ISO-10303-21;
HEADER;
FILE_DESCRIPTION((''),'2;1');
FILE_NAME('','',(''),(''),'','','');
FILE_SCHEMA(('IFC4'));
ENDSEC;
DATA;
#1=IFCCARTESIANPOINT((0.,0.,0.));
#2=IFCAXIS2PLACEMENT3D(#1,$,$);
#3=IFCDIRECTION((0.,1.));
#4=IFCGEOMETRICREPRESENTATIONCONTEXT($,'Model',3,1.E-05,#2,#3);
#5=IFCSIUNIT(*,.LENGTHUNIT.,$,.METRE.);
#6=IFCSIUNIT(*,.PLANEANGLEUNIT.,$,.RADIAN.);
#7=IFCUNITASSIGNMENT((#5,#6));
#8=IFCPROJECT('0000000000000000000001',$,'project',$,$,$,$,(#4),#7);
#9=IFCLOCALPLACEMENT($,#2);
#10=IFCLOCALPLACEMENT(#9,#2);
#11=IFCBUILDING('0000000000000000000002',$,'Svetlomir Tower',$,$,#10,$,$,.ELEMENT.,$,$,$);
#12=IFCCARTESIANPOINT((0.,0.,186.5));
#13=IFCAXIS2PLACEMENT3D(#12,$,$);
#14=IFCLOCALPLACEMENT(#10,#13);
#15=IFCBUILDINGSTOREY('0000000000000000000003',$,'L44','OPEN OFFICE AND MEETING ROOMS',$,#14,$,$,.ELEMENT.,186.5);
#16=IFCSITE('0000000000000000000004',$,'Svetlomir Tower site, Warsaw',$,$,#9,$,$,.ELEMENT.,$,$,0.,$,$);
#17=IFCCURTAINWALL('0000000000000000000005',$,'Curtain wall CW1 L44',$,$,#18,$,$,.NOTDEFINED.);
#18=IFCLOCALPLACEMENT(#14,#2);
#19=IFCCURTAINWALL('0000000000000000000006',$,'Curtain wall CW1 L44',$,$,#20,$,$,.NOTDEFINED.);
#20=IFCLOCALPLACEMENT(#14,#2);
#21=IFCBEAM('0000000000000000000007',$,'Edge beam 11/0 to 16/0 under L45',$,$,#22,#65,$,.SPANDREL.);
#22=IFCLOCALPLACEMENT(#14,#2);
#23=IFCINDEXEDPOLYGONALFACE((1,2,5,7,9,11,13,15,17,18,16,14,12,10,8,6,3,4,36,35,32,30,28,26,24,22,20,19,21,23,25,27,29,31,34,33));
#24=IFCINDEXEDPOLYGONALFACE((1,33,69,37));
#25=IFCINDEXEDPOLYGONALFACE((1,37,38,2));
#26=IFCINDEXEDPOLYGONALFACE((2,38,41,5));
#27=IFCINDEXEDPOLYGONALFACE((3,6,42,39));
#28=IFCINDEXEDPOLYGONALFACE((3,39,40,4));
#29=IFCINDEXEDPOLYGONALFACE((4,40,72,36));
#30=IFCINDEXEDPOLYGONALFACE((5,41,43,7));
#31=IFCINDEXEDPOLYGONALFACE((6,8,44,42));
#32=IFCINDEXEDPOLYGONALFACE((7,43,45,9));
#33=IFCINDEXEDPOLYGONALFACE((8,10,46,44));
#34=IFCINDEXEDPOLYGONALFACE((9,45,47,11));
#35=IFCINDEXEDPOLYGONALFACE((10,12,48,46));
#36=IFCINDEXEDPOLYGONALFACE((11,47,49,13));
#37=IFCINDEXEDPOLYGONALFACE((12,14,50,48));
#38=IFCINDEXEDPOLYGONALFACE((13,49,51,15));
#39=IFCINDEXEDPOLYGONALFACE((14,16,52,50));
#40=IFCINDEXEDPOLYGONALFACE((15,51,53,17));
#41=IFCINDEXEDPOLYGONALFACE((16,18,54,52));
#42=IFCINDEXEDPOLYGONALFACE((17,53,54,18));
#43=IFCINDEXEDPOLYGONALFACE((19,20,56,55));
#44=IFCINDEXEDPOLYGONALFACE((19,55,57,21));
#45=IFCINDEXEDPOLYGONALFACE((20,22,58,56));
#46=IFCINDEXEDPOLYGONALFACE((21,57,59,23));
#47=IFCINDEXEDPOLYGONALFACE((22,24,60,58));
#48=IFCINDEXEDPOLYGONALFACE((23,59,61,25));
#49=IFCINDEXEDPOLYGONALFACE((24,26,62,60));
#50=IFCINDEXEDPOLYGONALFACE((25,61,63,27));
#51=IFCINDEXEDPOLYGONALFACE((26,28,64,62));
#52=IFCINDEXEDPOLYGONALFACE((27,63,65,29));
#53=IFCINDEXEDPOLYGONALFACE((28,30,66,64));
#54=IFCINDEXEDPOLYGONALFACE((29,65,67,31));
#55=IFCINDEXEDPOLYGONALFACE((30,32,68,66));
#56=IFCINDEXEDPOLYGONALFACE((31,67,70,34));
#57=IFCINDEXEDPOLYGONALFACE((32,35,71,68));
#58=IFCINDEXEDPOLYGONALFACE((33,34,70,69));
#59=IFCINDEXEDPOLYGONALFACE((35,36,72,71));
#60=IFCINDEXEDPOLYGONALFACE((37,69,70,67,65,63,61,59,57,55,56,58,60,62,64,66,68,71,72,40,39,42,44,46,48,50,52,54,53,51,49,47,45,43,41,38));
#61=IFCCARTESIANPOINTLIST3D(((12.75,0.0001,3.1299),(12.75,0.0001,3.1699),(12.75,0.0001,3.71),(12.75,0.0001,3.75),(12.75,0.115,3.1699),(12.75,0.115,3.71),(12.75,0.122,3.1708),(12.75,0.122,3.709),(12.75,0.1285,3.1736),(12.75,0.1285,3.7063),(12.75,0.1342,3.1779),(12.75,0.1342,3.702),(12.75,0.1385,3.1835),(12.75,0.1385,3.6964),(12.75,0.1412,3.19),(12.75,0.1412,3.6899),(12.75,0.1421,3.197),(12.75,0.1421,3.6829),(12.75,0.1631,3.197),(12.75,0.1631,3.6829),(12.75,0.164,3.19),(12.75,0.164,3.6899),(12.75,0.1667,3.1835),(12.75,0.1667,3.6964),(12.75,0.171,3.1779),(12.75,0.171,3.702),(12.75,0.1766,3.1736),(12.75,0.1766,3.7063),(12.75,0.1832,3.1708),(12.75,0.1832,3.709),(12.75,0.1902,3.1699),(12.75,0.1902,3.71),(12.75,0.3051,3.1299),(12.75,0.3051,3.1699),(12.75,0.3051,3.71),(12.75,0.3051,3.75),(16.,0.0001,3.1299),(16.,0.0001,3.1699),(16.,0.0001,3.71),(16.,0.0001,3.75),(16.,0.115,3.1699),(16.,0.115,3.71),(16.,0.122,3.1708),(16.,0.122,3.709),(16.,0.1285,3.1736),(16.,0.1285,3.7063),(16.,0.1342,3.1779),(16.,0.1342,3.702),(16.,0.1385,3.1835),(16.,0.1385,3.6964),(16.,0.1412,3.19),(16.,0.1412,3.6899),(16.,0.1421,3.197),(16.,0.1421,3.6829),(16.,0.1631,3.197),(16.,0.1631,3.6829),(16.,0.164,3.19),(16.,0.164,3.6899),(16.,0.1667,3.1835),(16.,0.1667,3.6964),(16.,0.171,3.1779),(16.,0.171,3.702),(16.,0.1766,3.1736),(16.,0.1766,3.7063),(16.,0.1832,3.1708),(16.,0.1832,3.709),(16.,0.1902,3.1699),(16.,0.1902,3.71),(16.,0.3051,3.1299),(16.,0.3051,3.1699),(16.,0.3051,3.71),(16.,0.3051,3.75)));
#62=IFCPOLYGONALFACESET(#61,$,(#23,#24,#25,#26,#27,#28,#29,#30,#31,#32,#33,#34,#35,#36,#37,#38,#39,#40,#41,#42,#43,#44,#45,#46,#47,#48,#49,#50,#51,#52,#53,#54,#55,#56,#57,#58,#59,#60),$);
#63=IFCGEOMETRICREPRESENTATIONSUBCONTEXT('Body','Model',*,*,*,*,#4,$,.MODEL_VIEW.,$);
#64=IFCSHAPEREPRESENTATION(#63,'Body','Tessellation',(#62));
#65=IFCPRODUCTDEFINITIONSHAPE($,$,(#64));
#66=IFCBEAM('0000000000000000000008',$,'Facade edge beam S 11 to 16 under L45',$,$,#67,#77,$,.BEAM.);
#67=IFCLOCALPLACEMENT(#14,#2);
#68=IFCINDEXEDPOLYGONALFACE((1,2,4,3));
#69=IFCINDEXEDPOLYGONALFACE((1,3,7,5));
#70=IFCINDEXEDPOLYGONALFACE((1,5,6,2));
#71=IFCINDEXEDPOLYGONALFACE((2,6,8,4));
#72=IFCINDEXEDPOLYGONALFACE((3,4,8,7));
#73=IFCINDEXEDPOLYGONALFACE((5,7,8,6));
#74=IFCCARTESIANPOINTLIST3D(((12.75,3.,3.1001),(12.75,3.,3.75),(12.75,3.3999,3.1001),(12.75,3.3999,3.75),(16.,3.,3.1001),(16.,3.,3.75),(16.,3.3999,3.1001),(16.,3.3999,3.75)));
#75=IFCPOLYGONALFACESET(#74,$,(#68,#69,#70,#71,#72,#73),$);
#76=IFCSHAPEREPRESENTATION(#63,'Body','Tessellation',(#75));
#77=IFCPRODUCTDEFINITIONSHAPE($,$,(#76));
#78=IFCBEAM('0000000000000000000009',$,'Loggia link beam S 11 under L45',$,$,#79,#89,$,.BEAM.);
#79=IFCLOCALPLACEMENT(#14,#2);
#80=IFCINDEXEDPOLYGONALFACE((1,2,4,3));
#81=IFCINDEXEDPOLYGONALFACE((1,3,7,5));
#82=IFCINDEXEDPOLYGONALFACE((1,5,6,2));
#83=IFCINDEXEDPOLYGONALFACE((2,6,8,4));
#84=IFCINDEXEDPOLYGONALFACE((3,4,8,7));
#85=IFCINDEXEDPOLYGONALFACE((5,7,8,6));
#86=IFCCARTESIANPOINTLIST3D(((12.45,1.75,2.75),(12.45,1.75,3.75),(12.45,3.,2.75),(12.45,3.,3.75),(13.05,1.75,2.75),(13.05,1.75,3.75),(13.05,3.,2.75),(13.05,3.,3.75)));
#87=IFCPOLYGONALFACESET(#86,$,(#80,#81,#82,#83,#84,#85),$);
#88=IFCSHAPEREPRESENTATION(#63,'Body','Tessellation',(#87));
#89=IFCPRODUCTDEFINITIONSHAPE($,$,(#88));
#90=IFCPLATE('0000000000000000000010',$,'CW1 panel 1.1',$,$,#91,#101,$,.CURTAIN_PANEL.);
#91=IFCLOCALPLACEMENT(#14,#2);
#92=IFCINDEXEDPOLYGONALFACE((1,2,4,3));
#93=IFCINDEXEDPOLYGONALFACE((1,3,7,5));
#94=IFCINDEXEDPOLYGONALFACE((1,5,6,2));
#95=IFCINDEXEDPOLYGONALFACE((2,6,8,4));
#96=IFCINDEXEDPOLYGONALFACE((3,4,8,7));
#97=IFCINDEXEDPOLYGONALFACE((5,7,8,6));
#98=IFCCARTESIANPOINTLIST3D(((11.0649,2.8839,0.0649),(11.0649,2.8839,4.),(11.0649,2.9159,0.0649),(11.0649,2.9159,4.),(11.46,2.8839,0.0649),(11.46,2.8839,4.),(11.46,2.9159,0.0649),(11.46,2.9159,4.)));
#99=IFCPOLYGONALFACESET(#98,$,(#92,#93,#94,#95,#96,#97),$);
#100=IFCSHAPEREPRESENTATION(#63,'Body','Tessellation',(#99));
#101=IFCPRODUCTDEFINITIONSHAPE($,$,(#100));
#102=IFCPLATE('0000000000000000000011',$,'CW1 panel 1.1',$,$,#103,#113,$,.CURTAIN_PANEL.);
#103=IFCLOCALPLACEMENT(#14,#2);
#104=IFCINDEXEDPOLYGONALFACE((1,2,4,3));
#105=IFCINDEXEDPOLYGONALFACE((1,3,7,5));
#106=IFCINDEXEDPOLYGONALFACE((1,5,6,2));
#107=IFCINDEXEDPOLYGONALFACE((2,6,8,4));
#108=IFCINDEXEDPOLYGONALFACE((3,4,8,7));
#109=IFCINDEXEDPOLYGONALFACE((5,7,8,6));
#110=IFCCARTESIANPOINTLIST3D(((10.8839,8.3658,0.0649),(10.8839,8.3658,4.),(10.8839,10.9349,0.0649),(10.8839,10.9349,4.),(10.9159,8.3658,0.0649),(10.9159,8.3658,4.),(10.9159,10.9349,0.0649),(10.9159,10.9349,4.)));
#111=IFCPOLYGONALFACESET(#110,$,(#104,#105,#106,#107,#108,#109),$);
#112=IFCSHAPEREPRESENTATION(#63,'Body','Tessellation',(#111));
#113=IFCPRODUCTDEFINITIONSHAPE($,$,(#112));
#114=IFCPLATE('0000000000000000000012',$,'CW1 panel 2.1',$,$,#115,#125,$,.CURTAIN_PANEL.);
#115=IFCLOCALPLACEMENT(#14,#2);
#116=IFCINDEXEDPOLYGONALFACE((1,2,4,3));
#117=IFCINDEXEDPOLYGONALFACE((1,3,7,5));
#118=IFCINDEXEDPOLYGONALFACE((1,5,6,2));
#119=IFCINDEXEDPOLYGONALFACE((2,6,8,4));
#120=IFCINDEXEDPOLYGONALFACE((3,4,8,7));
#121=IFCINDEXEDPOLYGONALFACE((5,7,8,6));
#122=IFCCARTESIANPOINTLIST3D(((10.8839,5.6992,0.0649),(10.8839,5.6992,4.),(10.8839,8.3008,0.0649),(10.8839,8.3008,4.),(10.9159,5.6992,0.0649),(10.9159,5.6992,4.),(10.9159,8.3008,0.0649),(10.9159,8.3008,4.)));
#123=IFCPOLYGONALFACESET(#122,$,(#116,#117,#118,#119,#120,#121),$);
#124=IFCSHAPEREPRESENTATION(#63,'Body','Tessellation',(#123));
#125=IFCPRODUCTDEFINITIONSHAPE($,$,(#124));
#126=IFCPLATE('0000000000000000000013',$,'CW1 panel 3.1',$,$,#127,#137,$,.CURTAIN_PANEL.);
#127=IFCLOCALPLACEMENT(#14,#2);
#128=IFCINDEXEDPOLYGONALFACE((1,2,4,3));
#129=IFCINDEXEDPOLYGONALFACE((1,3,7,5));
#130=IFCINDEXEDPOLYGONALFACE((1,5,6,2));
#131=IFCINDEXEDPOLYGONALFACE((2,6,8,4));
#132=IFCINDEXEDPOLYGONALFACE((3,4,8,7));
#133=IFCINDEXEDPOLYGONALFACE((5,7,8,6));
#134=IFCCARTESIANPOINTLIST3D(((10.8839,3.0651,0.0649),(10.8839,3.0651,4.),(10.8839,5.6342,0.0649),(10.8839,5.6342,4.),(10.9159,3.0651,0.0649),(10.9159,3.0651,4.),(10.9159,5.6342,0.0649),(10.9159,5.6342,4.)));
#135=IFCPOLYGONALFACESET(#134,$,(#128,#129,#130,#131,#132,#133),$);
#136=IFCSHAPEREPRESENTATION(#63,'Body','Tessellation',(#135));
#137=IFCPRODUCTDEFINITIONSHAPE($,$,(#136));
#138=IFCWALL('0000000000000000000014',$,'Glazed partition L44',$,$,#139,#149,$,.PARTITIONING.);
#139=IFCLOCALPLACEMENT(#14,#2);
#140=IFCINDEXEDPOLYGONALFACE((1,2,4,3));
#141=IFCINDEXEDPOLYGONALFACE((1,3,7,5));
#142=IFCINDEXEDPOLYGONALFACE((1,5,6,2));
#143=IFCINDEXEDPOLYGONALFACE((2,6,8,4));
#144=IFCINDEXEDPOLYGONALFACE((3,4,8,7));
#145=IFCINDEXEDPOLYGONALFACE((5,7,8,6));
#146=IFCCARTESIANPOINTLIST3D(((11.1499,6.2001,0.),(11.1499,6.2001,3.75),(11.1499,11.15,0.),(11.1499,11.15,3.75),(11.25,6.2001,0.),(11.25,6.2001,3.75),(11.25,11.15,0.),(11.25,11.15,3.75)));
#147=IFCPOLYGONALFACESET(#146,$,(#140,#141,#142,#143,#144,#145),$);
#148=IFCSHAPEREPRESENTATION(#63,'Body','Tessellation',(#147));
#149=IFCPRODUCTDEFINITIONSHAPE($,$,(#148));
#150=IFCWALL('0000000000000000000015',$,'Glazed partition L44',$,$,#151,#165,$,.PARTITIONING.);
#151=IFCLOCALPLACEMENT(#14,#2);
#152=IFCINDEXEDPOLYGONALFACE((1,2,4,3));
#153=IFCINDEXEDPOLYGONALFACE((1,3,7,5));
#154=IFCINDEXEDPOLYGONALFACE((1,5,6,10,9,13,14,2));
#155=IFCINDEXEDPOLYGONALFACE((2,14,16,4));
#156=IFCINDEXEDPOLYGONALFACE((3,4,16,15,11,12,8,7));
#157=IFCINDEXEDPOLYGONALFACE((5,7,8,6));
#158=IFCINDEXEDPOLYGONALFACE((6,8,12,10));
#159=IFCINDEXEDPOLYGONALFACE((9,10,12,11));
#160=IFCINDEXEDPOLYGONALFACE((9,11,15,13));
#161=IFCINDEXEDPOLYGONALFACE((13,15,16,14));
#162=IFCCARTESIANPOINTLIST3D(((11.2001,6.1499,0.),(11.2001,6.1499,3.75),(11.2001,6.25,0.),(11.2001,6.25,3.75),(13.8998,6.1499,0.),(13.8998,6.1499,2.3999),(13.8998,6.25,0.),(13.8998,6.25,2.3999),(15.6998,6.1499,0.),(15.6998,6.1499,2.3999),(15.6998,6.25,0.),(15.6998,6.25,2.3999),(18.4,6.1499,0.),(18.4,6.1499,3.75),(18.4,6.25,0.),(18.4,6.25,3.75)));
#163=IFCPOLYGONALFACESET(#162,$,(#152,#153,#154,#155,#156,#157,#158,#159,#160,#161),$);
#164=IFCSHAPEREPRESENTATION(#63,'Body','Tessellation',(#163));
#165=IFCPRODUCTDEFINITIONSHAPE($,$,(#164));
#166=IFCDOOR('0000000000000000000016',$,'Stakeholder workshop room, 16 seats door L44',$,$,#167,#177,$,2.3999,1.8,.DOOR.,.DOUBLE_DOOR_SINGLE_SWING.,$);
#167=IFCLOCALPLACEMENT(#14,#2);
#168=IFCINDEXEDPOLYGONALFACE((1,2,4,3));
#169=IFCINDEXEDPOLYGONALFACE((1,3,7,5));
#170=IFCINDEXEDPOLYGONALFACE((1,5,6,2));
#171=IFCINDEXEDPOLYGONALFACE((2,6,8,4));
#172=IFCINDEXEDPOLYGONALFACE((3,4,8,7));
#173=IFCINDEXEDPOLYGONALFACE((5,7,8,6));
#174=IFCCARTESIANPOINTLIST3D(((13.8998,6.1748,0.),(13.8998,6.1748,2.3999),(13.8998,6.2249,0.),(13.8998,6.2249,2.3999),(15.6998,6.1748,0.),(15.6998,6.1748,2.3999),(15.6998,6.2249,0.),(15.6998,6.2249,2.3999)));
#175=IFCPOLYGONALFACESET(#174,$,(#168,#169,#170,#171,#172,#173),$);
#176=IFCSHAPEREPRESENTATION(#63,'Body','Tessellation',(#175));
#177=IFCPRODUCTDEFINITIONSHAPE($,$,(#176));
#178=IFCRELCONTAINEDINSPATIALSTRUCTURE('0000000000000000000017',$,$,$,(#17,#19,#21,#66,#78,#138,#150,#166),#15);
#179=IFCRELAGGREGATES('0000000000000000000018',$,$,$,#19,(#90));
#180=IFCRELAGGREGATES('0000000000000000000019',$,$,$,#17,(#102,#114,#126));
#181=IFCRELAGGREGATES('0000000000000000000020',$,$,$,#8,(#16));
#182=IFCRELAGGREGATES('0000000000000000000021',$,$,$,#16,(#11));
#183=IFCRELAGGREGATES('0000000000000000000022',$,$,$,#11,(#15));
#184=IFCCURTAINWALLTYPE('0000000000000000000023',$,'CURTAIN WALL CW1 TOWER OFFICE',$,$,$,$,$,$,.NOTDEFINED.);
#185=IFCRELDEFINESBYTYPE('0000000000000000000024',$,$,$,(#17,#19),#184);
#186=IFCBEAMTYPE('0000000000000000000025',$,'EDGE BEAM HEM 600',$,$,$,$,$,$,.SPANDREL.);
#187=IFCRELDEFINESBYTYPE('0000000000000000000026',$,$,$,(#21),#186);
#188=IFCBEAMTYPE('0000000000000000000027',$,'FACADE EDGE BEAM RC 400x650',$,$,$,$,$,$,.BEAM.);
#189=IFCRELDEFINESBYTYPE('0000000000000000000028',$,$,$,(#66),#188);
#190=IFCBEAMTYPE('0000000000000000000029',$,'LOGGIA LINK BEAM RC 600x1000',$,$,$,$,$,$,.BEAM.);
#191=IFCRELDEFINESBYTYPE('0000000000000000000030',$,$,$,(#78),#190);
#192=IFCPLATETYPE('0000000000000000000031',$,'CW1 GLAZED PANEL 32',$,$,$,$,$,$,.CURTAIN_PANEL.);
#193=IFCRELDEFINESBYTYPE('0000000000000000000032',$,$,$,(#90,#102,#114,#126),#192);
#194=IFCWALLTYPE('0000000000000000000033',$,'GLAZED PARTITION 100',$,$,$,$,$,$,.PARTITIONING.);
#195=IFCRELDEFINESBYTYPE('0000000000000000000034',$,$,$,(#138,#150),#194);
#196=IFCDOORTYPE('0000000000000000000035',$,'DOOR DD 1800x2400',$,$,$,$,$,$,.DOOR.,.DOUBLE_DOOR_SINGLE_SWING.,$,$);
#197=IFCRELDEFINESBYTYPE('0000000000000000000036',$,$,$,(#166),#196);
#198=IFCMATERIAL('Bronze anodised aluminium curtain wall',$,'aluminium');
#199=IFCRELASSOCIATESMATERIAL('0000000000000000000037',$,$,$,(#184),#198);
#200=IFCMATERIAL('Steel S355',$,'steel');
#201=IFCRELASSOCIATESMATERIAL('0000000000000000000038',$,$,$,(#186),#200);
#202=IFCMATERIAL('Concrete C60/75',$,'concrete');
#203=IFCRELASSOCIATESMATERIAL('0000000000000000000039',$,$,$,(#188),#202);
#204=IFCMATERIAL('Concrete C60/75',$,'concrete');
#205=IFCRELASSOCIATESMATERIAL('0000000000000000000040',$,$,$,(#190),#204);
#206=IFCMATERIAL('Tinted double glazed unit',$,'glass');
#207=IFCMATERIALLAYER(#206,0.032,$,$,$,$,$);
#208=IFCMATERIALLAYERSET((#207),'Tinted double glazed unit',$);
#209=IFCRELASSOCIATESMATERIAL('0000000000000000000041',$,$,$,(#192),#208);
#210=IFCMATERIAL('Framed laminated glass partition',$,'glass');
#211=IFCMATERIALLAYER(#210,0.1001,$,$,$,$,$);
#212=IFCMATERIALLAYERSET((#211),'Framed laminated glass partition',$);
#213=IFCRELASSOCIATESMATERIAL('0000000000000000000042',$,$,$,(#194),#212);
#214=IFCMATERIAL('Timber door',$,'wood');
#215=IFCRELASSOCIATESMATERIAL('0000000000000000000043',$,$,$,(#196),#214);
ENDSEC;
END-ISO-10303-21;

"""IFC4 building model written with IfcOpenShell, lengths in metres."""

from ifc_helpers import new_model, si_unit, direction, frame, frame_2d, origin, origin_2d, place, context, subcontext, project, spatial, rectangle, i_section, extrude, material, layer, layer_set, material_profile, profile_set, type_object, element, fill, aggregate, save


model = new_model("IFC4")

# Units and contexts
model_context = context("Model", 3, precision=1e-05, world=origin(), true_north=direction((0.0, 1.0)))
body_context = subcontext(model_context, "Body", "Model", "MODEL_VIEW")
ifc_project = project(units=[si_unit("LENGTHUNIT", "METRE"), si_unit("PLANEANGLEUNIT", "RADIAN")], contexts=[model_context])

# Site, building, storey
site_placement = place(None, origin())
site = spatial("IfcSite", under=ifc_project, at=site_placement, Name="Svetlomir Tower site, Warsaw", CompositionType="ELEMENT", RefElevation=0.0)
building_placement = place(site_placement, origin())
building = spatial("IfcBuilding", under=site, at=building_placement, Name="Svetlomir Tower", CompositionType="ELEMENT")
storey_placement = place(building_placement, frame((0.0, 0.0, 186.5)))
storey = spatial("IfcBuildingStorey", under=building, at=storey_placement, Name="L44", Description="OPEN OFFICE AND MEETING ROOMS", CompositionType="ELEMENT", Elevation=186.5)

# Curtain wall
ifc_material_1 = material(Name="Bronze anodised aluminium curtain wall", Category="aluminium")
curtain_wall_type = type_object("IfcCurtainWallType", Name="CURTAIN WALL CW1 TOWER OFFICE", PredefinedType="NOTDEFINED", material=ifc_material_1)
curtain_wall_1_placement = place(storey_placement, origin())
curtain_wall_1 = element("IfcCurtainWall", 1, at=curtain_wall_1_placement, inside=storey, type_object=curtain_wall_type, Name="Curtain wall CW1 L44", PredefinedType="NOTDEFINED")

# Curtain wall
curtain_wall_2_placement = place(storey_placement, origin())
curtain_wall_2 = element("IfcCurtainWall", 2, at=curtain_wall_2_placement, inside=storey, type_object=curtain_wall_type, Name="Curtain wall CW1 L44", PredefinedType="NOTDEFINED")

# Beams
ifc_material_2 = material(Name="Steel S355", Category="steel")
ifc_material_profile_1 = material_profile(ifc_material_2, i_section(OverallWidth=0.3049, OverallDepth=0.6201, WebThickness=0.021, FlangeThickness=0.04, FilletRadius=0.0271, at=origin_2d()), Name="HEM 600")
ifc_profile_set_1 = profile_set([ifc_material_profile_1], Name="Steel S355")
beam_type_1 = type_object("IfcBeamType", Name="EDGE BEAM HEM 600", PredefinedType="SPANDREL", material=ifc_profile_set_1)
beam_1_placement = place(storey_placement, frame((12.75, 0.1526, 3.4399), z_axis=(1.0, 0.0, 0.0), x_axis=(0.0, 1.0, 0.0)))
element("IfcBeam", 3, at=beam_1_placement, inside=storey, type_object=beam_type_1, Name="Edge beam 11/0 to 16/0 under L45", PredefinedType="SPANDREL", context=body_context, shape_type="SweptSolid", body=[
    extrude(i_section(OverallWidth=0.3049, OverallDepth=0.6201, WebThickness=0.021, FlangeThickness=0.04, FilletRadius=0.0271, at=origin_2d()), origin(), (0.0, 0.0, 1.0), 3.25),
])
ifc_material_3 = material(Name="Concrete C60/75", Category="concrete")
ifc_material_profile_2 = material_profile(ifc_material_3, rectangle(XDim=0.3999, YDim=0.6499, at=origin_2d()), Name="RC 400x650")
ifc_profile_set_2 = profile_set([ifc_material_profile_2], Name="Concrete C60/75")
beam_type_2 = type_object("IfcBeamType", Name="FACADE EDGE BEAM RC 400x650", PredefinedType="BEAM", material=ifc_profile_set_2)
beam_2_placement = place(storey_placement, frame((12.75, 3.2, 3.425), z_axis=(1.0, 0.0, 0.0), x_axis=(0.0, 1.0, 0.0)))
element("IfcBeam", 4, at=beam_2_placement, inside=storey, type_object=beam_type_2, Name="Facade edge beam S 11 to 16 under L45", PredefinedType="BEAM", context=body_context, shape_type="SweptSolid", body=[
    extrude(rectangle(XDim=0.3999, YDim=0.6499, at=origin_2d()), origin(), (0.0, 0.0, 1.0), 3.25),
])
ifc_material_4 = material(Name="Concrete C60/75", Category="concrete")
ifc_material_profile_3 = material_profile(ifc_material_4, rectangle(XDim=0.6001, YDim=1.0, at=origin_2d()), Name="RC 600x1000")
ifc_profile_set_3 = profile_set([ifc_material_profile_3], Name="Concrete C60/75")
beam_type_3 = type_object("IfcBeamType", Name="LOGGIA LINK BEAM RC 600x1000", PredefinedType="BEAM", material=ifc_profile_set_3)
beam_3_placement = place(storey_placement, frame((12.75, 1.75, 3.25), z_axis=(0.0, 1.0, 0.0), x_axis=(-1.0, 0.0, 0.0)))
element("IfcBeam", 5, at=beam_3_placement, inside=storey, type_object=beam_type_3, Name="Loggia link beam S 11 under L45", PredefinedType="BEAM", context=body_context, shape_type="SweptSolid", body=[
    extrude(rectangle(XDim=0.6001, YDim=1.0, at=origin_2d()), origin(), (0.0, 0.0, 1.0), 1.25),
])

# Plates
ifc_material_5 = material(Name="Tinted double glazed unit", Category="glass")
ifc_layer_1 = layer(ifc_material_5, 0.032)
ifc_layer_set_1 = layer_set([ifc_layer_1], Name="Tinted double glazed unit")
plate_type = type_object("IfcPlateType", Name="CW1 GLAZED PANEL 32", PredefinedType="CURTAIN_PANEL", material=ifc_layer_set_1)
plate_1_placement = place(storey_placement, frame((11.2625, 2.8999, 0.0649), z_axis=(0.0, 0.0, 1.0), x_axis=(1.0, 0.0, 0.0)))
plate_1 = element("IfcPlate", 6, at=plate_1_placement, type_object=plate_type, Name="CW1 panel 1.1", PredefinedType="CURTAIN_PANEL", context=body_context, shape_type="SweptSolid", body=[
    extrude(rectangle(XDim=0.395, YDim=0.032, at=origin_2d()), origin(), (0.0, 0.0, 1.0), 3.9351),
])
aggregate(curtain_wall_2, [plate_1])
plate_2_placement = place(storey_placement, frame((10.8999, 9.6504, 0.0649), z_axis=(0.0, 0.0, 1.0), x_axis=(0.0, -1.0, 0.0)))
plate_2 = element("IfcPlate", 7, at=plate_2_placement, type_object=plate_type, Name="CW1 panel 1.1", PredefinedType="CURTAIN_PANEL", context=body_context, shape_type="SweptSolid", body=[
    extrude(rectangle(XDim=2.5691, YDim=0.032, at=origin_2d()), origin(), (0.0, 0.0, 1.0), 3.9351),
])
plate_3_placement = place(storey_placement, frame((10.8999, 7.0, 0.0649), z_axis=(0.0, 0.0, 1.0), x_axis=(0.0, -1.0, 0.0)))
plate_3 = element("IfcPlate", 8, at=plate_3_placement, type_object=plate_type, Name="CW1 panel 2.1", PredefinedType="CURTAIN_PANEL", context=body_context, shape_type="SweptSolid", body=[
    extrude(rectangle(XDim=2.6016, YDim=0.032, at=origin_2d()), origin(), (0.0, 0.0, 1.0), 3.9351),
])
plate_4_placement = place(storey_placement, frame((10.8999, 4.3496, 0.0649), z_axis=(0.0, 0.0, 1.0), x_axis=(0.0, -1.0, 0.0)))
plate_4 = element("IfcPlate", 9, at=plate_4_placement, type_object=plate_type, Name="CW1 panel 3.1", PredefinedType="CURTAIN_PANEL", context=body_context, shape_type="SweptSolid", body=[
    extrude(rectangle(XDim=2.5691, YDim=0.032, at=origin_2d()), origin(), (0.0, 0.0, 1.0), 3.9351),
])
aggregate(curtain_wall_1, [plate_2, plate_3, plate_4])

# Wall
ifc_material_6 = material(Name="Framed laminated glass partition", Category="glass")
ifc_layer_2 = layer(ifc_material_6, 0.1001)
ifc_layer_set_2 = layer_set([ifc_layer_2], Name="Framed laminated glass partition")
wall_type = type_object("IfcWallType", Name="GLAZED PARTITION 100", PredefinedType="PARTITIONING", material=ifc_layer_set_2)
wall_1_placement = place(storey_placement, frame((11.2, 6.2, 0.0), z_axis=(0.0, 0.0, 1.0), x_axis=(0.0, 1.0, 0.0)))
element("IfcWall", 10, at=wall_1_placement, inside=storey, type_object=wall_type, Name="Glazed partition L44", PredefinedType="PARTITIONING", context=body_context, shape_type="SweptSolid", body=[
    extrude(rectangle(XDim=4.95, YDim=0.1001, at=frame_2d((2.4751, 0.0))), origin(), (0.0, 0.0, 1.0), 3.75),
])

# Wall, opening, door
wall_2_placement = place(storey_placement, frame((11.2, 6.2, 0.0), z_axis=(0.0, 0.0, 1.0), x_axis=(1.0, 0.0, 0.0)))
wall_2 = element("IfcWall", 11, at=wall_2_placement, inside=storey, type_object=wall_type, Name="Glazed partition L44", PredefinedType="PARTITIONING", context=body_context, shape_type="SweptSolid", body=[
    extrude(rectangle(XDim=7.2, YDim=0.1001, at=frame_2d((3.6001, 0.0))), origin(), (0.0, 0.0, 1.0), 3.75),
])
opening_placement = place(wall_2_placement, frame((2.7, 0.0, 0.0)))
opening = element("IfcOpeningElement", 12, at=opening_placement, cuts=wall_2, PredefinedType="OPENING", context=body_context, shape_type="SweptSolid", body=[
    extrude(rectangle(XDim=1.8, YDim=2.3999, at=frame_2d((0.8999, 1.2))), frame((0.0, 0.0601, 0.0), z_axis=(0.0, -1.0, 0.0), x_axis=(1.0, 0.0, 0.0)), (0.0, 0.0, 1.0), 0.1201),
])
ifc_material_7 = material(Name="Timber door", Category="wood")
door_type = type_object("IfcDoorType", Name="DOOR DD 1800x2400", OperationType="DOUBLE_DOOR_SINGLE_SWING", PredefinedType="DOOR", material=ifc_material_7)
door_placement = place(opening_placement, origin())
door = element("IfcDoor", 13, at=door_placement, inside=storey, type_object=door_type, Name="Stakeholder workshop room, 16 seats door L44", OperationType="DOUBLE_DOOR_SINGLE_SWING", OverallHeight=2.3999, OverallWidth=1.8, PredefinedType="DOOR", context=body_context, shape_type="SweptSolid", body=[
    extrude(rectangle(XDim=1.8, YDim=2.3999, at=frame_2d((0.8999, 1.2))), frame((0.0, 0.0249, 0.0), z_axis=(0.0, -1.0, 0.0), x_axis=(1.0, 0.0, 0.0)), (0.0, 0.0, 1.0), 0.05),
])
fill(opening, door)

save(model, "model.ifc")
